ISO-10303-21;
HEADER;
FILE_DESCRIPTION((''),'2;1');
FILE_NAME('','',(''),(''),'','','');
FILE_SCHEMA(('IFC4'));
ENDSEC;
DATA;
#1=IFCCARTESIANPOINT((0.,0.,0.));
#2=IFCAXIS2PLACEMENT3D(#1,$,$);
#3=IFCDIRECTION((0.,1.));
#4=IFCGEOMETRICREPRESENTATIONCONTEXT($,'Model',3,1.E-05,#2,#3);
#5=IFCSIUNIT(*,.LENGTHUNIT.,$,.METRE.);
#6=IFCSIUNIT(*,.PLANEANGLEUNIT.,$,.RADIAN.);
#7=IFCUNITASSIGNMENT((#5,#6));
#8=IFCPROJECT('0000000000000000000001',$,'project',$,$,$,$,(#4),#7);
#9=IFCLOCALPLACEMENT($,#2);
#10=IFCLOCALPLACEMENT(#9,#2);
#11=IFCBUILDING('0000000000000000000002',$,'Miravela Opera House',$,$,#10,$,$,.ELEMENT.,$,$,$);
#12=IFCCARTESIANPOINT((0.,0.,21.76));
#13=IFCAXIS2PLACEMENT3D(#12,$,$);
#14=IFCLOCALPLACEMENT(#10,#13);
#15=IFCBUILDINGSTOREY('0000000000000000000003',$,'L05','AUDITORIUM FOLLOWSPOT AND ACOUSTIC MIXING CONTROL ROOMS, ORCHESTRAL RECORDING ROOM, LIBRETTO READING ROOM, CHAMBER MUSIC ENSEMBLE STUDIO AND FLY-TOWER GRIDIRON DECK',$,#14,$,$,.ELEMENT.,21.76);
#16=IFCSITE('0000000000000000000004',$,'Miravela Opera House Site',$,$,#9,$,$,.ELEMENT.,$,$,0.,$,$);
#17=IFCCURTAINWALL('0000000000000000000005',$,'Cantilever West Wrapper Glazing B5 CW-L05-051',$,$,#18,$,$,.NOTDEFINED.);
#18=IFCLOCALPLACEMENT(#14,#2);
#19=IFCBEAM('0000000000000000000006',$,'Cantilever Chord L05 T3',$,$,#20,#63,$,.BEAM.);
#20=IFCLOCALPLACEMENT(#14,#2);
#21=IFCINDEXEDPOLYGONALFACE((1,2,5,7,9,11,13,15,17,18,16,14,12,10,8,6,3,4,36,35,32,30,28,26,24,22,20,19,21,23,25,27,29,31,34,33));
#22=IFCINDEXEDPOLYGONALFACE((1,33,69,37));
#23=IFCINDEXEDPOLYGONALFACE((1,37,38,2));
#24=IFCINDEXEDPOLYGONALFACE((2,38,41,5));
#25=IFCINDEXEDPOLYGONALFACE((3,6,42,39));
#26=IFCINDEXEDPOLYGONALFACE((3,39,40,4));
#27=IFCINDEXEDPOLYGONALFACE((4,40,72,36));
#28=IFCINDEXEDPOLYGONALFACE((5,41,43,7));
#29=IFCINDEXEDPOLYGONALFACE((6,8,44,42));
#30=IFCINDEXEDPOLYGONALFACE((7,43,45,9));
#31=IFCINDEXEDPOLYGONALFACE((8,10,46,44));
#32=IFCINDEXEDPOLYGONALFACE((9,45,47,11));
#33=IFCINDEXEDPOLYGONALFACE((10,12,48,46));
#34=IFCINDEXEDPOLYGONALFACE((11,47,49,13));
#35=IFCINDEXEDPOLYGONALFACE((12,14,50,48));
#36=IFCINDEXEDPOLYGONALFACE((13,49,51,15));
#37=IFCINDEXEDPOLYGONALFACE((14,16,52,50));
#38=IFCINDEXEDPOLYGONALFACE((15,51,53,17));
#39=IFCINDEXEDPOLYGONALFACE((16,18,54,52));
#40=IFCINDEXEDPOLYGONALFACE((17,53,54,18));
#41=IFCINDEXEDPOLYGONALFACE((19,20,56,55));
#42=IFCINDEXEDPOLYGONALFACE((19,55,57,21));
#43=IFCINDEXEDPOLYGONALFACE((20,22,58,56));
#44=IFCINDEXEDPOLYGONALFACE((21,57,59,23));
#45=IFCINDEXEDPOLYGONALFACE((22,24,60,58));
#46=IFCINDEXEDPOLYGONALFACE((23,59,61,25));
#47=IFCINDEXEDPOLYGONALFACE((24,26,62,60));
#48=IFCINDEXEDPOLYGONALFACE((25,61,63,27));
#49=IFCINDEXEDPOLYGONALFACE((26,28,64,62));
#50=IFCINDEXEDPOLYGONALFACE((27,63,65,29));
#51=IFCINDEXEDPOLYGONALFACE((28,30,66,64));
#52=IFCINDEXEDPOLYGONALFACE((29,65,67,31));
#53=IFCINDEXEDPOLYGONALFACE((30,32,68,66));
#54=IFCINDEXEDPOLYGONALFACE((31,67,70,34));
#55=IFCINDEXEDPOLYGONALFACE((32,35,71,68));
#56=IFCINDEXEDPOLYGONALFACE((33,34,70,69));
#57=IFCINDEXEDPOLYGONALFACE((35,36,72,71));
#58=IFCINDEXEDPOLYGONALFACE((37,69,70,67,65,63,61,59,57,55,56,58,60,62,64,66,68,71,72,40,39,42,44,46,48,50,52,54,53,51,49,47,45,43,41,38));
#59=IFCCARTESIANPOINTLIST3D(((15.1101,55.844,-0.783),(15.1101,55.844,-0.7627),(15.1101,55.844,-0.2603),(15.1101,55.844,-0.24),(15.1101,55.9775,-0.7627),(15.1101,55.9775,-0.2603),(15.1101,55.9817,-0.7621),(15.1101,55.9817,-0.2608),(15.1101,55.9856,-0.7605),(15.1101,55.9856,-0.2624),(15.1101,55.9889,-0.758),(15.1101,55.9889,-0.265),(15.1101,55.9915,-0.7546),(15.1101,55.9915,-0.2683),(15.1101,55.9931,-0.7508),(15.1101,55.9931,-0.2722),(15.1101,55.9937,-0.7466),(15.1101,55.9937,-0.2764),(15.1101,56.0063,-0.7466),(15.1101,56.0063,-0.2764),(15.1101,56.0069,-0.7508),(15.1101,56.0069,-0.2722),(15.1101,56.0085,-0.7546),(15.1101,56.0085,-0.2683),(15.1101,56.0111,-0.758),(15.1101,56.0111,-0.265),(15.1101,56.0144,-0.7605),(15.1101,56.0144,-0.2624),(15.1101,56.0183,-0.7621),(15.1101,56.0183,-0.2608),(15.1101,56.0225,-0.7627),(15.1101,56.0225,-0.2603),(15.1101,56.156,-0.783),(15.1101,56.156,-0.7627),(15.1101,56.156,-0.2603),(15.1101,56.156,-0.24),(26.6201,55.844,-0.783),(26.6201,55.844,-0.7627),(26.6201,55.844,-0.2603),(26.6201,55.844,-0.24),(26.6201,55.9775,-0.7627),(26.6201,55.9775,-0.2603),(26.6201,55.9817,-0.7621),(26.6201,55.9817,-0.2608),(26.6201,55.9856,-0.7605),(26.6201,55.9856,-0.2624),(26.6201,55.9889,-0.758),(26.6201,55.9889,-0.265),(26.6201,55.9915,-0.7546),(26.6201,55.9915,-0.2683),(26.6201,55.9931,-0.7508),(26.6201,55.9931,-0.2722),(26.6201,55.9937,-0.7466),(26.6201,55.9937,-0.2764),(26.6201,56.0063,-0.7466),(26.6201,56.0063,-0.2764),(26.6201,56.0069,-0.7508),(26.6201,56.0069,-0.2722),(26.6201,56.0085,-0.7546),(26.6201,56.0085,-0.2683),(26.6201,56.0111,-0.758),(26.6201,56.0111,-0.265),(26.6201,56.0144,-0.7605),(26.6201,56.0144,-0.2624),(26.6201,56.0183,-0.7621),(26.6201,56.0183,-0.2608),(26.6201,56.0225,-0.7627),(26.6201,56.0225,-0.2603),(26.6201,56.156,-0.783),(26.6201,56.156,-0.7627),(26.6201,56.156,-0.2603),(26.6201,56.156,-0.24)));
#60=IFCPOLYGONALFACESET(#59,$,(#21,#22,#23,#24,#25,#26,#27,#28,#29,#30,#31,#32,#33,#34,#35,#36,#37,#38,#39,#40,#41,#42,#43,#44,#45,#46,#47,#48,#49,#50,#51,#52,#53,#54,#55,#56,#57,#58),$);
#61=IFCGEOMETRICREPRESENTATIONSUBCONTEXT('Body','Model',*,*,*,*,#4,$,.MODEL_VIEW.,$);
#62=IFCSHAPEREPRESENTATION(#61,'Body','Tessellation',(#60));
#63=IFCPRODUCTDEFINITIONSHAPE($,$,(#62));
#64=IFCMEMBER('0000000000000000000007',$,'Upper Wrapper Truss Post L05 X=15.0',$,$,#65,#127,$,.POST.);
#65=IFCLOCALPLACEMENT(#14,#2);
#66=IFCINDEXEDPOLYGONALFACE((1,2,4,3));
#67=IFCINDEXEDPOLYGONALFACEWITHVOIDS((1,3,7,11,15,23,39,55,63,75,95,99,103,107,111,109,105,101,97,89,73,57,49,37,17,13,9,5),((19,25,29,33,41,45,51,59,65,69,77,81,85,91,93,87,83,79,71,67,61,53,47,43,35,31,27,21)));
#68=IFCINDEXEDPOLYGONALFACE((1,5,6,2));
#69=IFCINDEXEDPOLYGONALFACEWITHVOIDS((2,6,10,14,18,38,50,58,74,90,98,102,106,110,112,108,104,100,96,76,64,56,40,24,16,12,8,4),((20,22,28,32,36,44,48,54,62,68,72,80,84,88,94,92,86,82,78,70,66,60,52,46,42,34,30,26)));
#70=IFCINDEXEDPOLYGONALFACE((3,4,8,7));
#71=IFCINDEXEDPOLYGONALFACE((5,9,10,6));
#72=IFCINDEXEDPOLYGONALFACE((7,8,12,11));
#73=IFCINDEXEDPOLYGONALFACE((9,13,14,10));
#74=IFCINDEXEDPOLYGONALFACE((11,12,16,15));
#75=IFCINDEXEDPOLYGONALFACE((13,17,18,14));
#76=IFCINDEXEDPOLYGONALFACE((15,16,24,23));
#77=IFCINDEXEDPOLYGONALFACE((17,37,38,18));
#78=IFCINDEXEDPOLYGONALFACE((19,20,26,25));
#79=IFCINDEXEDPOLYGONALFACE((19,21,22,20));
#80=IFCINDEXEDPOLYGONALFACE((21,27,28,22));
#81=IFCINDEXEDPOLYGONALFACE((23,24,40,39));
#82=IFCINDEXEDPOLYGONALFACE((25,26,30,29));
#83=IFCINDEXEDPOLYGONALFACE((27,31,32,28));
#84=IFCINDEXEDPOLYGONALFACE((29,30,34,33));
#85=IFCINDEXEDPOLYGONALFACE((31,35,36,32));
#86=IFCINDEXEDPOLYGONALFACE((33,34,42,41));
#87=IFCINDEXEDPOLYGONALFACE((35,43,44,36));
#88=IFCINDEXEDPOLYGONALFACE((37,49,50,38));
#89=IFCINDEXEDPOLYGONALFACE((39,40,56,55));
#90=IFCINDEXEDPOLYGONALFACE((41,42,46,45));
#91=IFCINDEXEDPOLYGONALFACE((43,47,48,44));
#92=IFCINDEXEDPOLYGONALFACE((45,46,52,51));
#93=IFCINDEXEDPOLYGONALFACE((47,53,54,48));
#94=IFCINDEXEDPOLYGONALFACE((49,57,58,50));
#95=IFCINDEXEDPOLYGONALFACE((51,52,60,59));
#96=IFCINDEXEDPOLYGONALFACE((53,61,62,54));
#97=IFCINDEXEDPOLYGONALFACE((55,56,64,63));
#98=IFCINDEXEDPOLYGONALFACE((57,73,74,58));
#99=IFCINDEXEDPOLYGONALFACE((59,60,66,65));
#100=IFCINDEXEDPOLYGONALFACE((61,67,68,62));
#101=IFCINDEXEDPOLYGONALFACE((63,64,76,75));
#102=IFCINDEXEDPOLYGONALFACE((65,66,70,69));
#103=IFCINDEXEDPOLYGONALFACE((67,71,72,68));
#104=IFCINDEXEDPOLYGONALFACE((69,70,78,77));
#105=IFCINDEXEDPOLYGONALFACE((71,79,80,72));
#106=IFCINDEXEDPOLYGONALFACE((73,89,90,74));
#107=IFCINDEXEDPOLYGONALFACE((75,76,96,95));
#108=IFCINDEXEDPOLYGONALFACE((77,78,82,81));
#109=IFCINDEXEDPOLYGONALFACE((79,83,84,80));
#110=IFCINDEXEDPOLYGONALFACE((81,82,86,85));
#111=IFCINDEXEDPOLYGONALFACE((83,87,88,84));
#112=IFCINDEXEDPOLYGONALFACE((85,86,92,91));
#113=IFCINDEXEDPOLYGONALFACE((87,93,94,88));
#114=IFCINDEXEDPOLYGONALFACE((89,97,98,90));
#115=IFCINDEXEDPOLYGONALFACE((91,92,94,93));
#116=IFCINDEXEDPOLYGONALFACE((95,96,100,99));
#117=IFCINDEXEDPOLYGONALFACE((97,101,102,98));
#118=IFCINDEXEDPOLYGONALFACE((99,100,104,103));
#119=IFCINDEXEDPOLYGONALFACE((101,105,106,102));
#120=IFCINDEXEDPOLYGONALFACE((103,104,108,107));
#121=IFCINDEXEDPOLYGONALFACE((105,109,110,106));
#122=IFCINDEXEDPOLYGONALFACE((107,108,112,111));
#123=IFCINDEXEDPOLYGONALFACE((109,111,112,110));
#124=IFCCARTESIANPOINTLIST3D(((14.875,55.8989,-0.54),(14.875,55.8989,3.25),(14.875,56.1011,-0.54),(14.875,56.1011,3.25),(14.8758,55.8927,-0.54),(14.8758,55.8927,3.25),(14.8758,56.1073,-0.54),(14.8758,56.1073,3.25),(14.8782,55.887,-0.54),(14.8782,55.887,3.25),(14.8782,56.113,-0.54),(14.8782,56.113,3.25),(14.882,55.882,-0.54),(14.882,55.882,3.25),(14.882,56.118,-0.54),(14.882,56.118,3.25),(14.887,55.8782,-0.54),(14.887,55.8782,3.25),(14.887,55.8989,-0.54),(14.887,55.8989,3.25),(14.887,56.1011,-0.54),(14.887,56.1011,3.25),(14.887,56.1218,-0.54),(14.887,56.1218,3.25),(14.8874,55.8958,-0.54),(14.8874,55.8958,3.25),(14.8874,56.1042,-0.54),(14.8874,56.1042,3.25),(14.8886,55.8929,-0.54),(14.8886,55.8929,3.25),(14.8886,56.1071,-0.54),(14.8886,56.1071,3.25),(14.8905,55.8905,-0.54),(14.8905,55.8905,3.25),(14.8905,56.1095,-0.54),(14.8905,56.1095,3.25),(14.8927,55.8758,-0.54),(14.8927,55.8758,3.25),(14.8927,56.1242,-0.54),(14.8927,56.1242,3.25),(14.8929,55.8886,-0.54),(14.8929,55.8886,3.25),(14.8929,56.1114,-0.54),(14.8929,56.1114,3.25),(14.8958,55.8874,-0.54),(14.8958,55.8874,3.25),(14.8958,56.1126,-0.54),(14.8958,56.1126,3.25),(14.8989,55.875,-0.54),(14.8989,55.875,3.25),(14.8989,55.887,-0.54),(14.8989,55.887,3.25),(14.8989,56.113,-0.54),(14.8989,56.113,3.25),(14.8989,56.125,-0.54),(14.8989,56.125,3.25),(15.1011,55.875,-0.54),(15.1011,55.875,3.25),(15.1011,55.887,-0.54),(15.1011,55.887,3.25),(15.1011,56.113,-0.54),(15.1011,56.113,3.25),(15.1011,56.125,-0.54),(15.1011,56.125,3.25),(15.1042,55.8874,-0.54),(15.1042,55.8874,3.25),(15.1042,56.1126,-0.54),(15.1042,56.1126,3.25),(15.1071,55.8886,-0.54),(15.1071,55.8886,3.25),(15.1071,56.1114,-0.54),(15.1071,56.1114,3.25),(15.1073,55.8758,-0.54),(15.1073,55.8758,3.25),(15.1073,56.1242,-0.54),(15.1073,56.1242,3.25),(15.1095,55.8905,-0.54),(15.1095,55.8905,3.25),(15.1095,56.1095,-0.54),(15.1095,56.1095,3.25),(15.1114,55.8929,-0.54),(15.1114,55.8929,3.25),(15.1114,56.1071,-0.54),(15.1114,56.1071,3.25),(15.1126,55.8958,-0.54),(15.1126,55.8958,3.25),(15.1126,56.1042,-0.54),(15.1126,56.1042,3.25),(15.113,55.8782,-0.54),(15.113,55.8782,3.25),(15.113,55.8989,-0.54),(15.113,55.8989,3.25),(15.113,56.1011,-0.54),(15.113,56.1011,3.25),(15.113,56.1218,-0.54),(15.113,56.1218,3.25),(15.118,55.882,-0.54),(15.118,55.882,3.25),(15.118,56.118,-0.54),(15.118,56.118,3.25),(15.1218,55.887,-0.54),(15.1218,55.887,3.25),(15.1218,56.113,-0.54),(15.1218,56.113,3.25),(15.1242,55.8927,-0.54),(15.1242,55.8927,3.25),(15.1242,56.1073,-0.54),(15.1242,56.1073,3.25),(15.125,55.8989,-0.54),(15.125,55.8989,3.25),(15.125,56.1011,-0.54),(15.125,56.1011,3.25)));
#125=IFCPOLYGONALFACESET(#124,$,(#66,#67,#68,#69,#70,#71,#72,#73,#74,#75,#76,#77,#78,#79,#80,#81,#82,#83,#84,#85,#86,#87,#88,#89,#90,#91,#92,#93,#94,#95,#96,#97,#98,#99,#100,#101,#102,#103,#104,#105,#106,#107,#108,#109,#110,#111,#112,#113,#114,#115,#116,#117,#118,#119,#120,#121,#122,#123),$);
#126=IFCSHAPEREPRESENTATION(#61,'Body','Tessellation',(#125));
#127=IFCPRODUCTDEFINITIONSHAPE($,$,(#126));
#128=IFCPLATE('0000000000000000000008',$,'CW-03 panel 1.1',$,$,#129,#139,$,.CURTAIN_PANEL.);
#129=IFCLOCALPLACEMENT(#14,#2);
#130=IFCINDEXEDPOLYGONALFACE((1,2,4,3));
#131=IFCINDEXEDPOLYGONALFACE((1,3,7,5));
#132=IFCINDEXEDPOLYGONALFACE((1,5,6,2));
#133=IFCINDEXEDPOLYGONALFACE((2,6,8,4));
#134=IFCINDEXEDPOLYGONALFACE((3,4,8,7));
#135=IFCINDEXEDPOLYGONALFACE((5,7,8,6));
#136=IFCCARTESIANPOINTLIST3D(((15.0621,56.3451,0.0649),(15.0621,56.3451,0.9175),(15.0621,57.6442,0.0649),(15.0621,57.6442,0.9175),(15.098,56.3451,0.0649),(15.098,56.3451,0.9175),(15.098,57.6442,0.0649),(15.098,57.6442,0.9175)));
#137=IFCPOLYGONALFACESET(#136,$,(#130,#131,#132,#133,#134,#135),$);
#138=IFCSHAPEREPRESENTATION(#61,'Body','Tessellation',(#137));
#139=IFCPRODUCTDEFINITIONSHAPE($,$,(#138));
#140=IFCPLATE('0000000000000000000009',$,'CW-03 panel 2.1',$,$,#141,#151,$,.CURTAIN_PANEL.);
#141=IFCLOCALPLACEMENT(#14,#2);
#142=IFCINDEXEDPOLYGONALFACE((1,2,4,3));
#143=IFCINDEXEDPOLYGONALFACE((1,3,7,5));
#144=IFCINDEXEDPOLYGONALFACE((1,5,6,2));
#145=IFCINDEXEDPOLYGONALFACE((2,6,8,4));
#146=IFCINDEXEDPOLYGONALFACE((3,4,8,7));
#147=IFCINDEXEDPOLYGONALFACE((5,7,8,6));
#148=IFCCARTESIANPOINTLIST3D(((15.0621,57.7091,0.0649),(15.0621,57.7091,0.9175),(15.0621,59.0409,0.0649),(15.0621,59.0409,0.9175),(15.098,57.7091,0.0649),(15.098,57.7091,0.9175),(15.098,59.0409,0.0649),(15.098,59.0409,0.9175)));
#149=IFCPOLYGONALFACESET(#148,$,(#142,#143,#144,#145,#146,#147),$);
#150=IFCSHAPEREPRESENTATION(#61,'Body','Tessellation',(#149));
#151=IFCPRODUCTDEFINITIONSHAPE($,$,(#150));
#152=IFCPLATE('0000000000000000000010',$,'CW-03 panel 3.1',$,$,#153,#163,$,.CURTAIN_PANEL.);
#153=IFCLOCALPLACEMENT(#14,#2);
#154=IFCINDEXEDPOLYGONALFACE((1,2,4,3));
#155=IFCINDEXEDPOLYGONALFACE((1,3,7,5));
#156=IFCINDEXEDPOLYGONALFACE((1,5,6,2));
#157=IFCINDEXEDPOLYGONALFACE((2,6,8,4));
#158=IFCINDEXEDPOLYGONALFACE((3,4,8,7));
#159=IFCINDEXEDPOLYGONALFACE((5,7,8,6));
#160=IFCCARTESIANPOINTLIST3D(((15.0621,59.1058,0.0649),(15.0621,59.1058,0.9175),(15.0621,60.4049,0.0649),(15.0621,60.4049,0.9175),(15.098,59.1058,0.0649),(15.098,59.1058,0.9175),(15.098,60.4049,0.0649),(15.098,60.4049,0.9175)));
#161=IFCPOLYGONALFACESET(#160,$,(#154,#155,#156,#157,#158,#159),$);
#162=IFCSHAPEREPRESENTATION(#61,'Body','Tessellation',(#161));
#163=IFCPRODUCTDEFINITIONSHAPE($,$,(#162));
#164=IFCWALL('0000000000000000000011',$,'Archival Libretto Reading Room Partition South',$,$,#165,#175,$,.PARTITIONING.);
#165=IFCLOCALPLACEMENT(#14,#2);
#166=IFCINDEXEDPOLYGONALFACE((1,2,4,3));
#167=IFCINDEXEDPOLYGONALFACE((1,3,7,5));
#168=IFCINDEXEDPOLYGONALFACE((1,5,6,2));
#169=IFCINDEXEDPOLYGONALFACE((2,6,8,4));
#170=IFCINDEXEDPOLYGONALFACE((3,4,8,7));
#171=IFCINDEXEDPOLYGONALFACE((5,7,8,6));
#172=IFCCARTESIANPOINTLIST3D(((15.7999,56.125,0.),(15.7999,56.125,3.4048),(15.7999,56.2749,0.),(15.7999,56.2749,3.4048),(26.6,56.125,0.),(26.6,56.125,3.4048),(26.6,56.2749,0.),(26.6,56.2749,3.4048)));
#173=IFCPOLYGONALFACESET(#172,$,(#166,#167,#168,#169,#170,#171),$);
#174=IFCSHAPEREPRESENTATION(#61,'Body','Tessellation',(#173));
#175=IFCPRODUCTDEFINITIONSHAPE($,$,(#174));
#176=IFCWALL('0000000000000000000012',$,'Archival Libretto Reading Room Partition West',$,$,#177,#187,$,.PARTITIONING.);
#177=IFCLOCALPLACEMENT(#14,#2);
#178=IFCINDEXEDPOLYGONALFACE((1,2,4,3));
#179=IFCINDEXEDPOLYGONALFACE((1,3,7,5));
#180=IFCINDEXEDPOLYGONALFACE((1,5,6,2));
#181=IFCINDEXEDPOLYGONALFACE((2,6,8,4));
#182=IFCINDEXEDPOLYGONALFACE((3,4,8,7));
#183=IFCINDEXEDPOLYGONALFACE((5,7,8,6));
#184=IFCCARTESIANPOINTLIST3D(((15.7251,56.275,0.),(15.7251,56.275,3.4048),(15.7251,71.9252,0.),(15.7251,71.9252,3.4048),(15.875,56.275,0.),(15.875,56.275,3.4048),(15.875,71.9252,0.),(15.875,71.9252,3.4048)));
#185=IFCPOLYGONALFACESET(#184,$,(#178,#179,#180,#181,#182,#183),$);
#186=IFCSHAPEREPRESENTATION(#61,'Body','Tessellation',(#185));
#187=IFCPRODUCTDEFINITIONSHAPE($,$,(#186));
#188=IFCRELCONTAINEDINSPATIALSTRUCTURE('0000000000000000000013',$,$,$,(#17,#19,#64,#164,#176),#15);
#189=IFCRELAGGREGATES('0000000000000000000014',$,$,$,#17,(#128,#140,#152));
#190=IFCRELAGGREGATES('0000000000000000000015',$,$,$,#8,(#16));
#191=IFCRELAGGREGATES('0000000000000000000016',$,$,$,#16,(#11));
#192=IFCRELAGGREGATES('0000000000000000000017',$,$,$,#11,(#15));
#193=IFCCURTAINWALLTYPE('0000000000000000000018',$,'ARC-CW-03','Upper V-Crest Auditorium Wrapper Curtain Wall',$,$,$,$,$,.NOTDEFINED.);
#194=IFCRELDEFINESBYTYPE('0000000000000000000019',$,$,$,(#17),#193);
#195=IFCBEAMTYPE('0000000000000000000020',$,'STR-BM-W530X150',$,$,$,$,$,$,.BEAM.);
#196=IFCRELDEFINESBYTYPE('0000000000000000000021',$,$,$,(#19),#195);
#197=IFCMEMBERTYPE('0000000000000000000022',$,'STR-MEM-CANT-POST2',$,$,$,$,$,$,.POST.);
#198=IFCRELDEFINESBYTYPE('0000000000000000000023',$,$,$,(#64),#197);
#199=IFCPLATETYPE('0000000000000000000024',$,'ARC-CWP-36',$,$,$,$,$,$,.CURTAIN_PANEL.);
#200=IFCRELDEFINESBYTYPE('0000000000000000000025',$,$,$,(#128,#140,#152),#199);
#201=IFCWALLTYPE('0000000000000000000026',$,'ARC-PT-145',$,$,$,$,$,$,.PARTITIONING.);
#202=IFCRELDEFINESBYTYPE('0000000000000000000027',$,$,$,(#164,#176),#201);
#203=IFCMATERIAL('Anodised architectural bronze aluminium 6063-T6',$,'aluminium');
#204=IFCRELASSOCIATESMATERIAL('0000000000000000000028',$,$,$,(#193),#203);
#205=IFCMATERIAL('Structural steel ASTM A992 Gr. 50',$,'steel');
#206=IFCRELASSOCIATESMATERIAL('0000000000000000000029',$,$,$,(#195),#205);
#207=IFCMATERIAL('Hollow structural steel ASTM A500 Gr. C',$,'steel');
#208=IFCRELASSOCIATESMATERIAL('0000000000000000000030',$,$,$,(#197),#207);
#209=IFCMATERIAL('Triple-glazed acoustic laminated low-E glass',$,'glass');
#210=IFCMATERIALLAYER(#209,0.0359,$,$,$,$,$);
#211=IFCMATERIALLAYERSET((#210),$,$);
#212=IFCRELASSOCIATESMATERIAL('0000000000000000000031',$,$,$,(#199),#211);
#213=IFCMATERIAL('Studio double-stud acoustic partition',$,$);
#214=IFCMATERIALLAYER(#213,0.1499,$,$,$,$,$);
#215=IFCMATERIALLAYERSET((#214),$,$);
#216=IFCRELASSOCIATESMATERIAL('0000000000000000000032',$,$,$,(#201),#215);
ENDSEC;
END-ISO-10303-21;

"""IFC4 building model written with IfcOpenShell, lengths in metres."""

from ifc_helpers import new_model, si_unit, direction, frame, frame_2d, origin, origin_2d, place, context, subcontext, project, spatial, rectangle, hollow_rectangle, i_section, extrude, material, layer, layer_set, material_profile, profile_set, type_object, element, aggregate, save


model = new_model("IFC4")

# Units and contexts
model_context = context("Model", 3, precision=1e-05, world=origin(), true_north=direction((0.0, 1.0)))
body_context = subcontext(model_context, "Body", "Model", "MODEL_VIEW")
ifc_project = project(units=[si_unit("LENGTHUNIT", "METRE"), si_unit("PLANEANGLEUNIT", "RADIAN")], contexts=[model_context])

# Site, building, storey
site_placement = place(None, origin())
site = spatial("IfcSite", under=ifc_project, at=site_placement, Name="Miravela Opera House Site", CompositionType="ELEMENT", RefElevation=0.0)
building_placement = place(site_placement, origin())
building = spatial("IfcBuilding", under=site, at=building_placement, Name="Miravela Opera House", CompositionType="ELEMENT")
storey_placement = place(building_placement, frame((0.0, 0.0, 21.76)))
storey = spatial("IfcBuildingStorey", under=building, at=storey_placement, Name="L05", Description="AUDITORIUM FOLLOWSPOT AND ACOUSTIC MIXING CONTROL ROOMS, ORCHESTRAL RECORDING ROOM, LIBRETTO READING ROOM, CHAMBER MUSIC ENSEMBLE STUDIO AND FLY-TOWER GRIDIRON DECK", CompositionType="ELEMENT", Elevation=21.76)

# Curtain wall
ifc_material_1 = material(Name="Anodised architectural bronze aluminium 6063-T6", Category="aluminium")
curtain_wall_type = type_object("IfcCurtainWallType", Name="ARC-CW-03", Description="Upper V-Crest Auditorium Wrapper Curtain Wall", PredefinedType="NOTDEFINED", material=ifc_material_1)
curtain_wall_1_placement = place(storey_placement, origin())
curtain_wall_1 = element("IfcCurtainWall", 1, at=curtain_wall_1_placement, inside=storey, type_object=curtain_wall_type, Name="Cantilever West Wrapper Glazing B5 CW-L05-051", PredefinedType="NOTDEFINED")

# Beam
ifc_material_2 = material(Name="Structural steel ASTM A992 Gr. 50", Category="steel")
ifc_material_profile_1 = material_profile(ifc_material_2, i_section(OverallWidth=0.312, OverallDepth=0.543, WebThickness=0.0127, FlangeThickness=0.0203, FilletRadius=0.0161, at=origin_2d()), Name="W530X150")
ifc_profile_set_1 = profile_set([ifc_material_profile_1])
beam_type = type_object("IfcBeamType", Name="STR-BM-W530X150", PredefinedType="BEAM", material=ifc_profile_set_1)
beam_placement = place(storey_placement, frame((15.1101, 56.0, -0.5115), z_axis=(1.0, 0.0, 0.0), x_axis=(0.0, 1.0, 0.0)))
element("IfcBeam", 2, at=beam_placement, inside=storey, type_object=beam_type, Name="Cantilever Chord L05 T3", PredefinedType="BEAM", context=body_context, shape_type="SweptSolid", body=[
    extrude(i_section(OverallWidth=0.312, OverallDepth=0.543, WebThickness=0.0127, FlangeThickness=0.0203, FilletRadius=0.0161, at=origin_2d()), origin(), (0.0, 0.0, 1.0), 11.51),
])

# Member
ifc_material_3 = material(Name="Hollow structural steel ASTM A500 Gr. C", Category="steel")
ifc_material_profile_2 = material_profile(ifc_material_3, hollow_rectangle(XDim=0.25, YDim=0.25, WallThickness=0.012, InnerFilletRadius=0.012, OuterFilletRadius=0.0239, at=origin_2d()), Name="HSS250X250X12")
ifc_profile_set_2 = profile_set([ifc_material_profile_2])
member_type_1 = type_object("IfcMemberType", Name="STR-MEM-CANT-POST2", PredefinedType="POST", material=ifc_profile_set_2)
member_1_placement = place(storey_placement, frame((15.0, 56.0, -0.54), z_axis=(0.0, 0.0, 1.0), x_axis=(1.0, 0.0, 0.0)))
element("IfcMember", 3, at=member_1_placement, inside=storey, type_object=member_type_1, Name="Upper Wrapper Truss Post L05 X=15.0", PredefinedType="POST", context=body_context, shape_type="SweptSolid", body=[
    extrude(hollow_rectangle(XDim=0.25, YDim=0.25, WallThickness=0.012, InnerFilletRadius=0.012, OuterFilletRadius=0.0239, at=origin_2d()), origin(), (0.0, 0.0, 1.0), 3.79),
])

# Plates
ifc_material_4 = material(Name="Triple-glazed acoustic laminated low-E glass", Category="glass")
ifc_layer_1 = layer(ifc_material_4, 0.0359)
ifc_layer_set_1 = layer_set([ifc_layer_1])
plate_type = type_object("IfcPlateType", Name="ARC-CWP-36", PredefinedType="CURTAIN_PANEL", material=ifc_layer_set_1)
plate_1_placement = place(storey_placement, frame((15.0801, 56.9946, 0.0649), z_axis=(0.0, 0.0, 1.0), x_axis=(0.0, 1.0, 0.0)))
plate_1 = element("IfcPlate", 4, at=plate_1_placement, type_object=plate_type, Name="CW-03 panel 1.1", PredefinedType="CURTAIN_PANEL", context=body_context, shape_type="SweptSolid", body=[
    extrude(rectangle(XDim=1.2991, YDim=0.0359, at=origin_2d()), origin(), (0.0, 0.0, 1.0), 0.8525),
])
plate_2_placement = place(storey_placement, frame((15.0801, 58.375, 0.0649), z_axis=(0.0, 0.0, 1.0), x_axis=(0.0, 1.0, 0.0)))
plate_2 = element("IfcPlate", 5, at=plate_2_placement, type_object=plate_type, Name="CW-03 panel 2.1", PredefinedType="CURTAIN_PANEL", context=body_context, shape_type="SweptSolid", body=[
    extrude(rectangle(XDim=1.3318, YDim=0.0359, at=origin_2d()), origin(), (0.0, 0.0, 1.0), 0.8525),
])
plate_3_placement = place(storey_placement, frame((15.0801, 59.7554, 0.0649), z_axis=(0.0, 0.0, 1.0), x_axis=(0.0, 1.0, 0.0)))
plate_3 = element("IfcPlate", 6, at=plate_3_placement, type_object=plate_type, Name="CW-03 panel 3.1", PredefinedType="CURTAIN_PANEL", context=body_context, shape_type="SweptSolid", body=[
    extrude(rectangle(XDim=1.2991, YDim=0.0359, at=origin_2d()), origin(), (0.0, 0.0, 1.0), 0.8525),
])
aggregate(curtain_wall_1, [plate_1, plate_2, plate_3])

# Walls
ifc_material_5 = material(Name="Studio double-stud acoustic partition")
ifc_layer_2 = layer(ifc_material_5, 0.1499)
ifc_layer_set_2 = layer_set([ifc_layer_2])
wall_type = type_object("IfcWallType", Name="ARC-PT-145", PredefinedType="PARTITIONING", material=ifc_layer_set_2)
wall_1_placement = place(storey_placement, frame((15.8, 56.2, 0.0), z_axis=(0.0, 0.0, 1.0), x_axis=(1.0, 0.0, 0.0)))
element("IfcWall", 7, at=wall_1_placement, inside=storey, type_object=wall_type, Name="Archival Libretto Reading Room Partition South", PredefinedType="PARTITIONING", context=body_context, shape_type="SweptSolid", body=[
    extrude(rectangle(XDim=10.8, YDim=0.1499, at=frame_2d((5.3999, 0.0))), origin(), (0.0, 0.0, 1.0), 3.4048),
])
wall_2_placement = place(storey_placement, frame((15.8, 56.2749, 0.0), z_axis=(0.0, 0.0, 1.0), x_axis=(0.0, 1.0, 0.0)))
element("IfcWall", 8, at=wall_2_placement, inside=storey, type_object=wall_type, Name="Archival Libretto Reading Room Partition West", PredefinedType="PARTITIONING", context=body_context, shape_type="SweptSolid", body=[
    extrude(rectangle(XDim=15.6501, YDim=0.1499, at=frame_2d((7.8252, 0.0))), origin(), (0.0, 0.0, 1.0), 3.4048),
])

save(model, "model.ifc")
